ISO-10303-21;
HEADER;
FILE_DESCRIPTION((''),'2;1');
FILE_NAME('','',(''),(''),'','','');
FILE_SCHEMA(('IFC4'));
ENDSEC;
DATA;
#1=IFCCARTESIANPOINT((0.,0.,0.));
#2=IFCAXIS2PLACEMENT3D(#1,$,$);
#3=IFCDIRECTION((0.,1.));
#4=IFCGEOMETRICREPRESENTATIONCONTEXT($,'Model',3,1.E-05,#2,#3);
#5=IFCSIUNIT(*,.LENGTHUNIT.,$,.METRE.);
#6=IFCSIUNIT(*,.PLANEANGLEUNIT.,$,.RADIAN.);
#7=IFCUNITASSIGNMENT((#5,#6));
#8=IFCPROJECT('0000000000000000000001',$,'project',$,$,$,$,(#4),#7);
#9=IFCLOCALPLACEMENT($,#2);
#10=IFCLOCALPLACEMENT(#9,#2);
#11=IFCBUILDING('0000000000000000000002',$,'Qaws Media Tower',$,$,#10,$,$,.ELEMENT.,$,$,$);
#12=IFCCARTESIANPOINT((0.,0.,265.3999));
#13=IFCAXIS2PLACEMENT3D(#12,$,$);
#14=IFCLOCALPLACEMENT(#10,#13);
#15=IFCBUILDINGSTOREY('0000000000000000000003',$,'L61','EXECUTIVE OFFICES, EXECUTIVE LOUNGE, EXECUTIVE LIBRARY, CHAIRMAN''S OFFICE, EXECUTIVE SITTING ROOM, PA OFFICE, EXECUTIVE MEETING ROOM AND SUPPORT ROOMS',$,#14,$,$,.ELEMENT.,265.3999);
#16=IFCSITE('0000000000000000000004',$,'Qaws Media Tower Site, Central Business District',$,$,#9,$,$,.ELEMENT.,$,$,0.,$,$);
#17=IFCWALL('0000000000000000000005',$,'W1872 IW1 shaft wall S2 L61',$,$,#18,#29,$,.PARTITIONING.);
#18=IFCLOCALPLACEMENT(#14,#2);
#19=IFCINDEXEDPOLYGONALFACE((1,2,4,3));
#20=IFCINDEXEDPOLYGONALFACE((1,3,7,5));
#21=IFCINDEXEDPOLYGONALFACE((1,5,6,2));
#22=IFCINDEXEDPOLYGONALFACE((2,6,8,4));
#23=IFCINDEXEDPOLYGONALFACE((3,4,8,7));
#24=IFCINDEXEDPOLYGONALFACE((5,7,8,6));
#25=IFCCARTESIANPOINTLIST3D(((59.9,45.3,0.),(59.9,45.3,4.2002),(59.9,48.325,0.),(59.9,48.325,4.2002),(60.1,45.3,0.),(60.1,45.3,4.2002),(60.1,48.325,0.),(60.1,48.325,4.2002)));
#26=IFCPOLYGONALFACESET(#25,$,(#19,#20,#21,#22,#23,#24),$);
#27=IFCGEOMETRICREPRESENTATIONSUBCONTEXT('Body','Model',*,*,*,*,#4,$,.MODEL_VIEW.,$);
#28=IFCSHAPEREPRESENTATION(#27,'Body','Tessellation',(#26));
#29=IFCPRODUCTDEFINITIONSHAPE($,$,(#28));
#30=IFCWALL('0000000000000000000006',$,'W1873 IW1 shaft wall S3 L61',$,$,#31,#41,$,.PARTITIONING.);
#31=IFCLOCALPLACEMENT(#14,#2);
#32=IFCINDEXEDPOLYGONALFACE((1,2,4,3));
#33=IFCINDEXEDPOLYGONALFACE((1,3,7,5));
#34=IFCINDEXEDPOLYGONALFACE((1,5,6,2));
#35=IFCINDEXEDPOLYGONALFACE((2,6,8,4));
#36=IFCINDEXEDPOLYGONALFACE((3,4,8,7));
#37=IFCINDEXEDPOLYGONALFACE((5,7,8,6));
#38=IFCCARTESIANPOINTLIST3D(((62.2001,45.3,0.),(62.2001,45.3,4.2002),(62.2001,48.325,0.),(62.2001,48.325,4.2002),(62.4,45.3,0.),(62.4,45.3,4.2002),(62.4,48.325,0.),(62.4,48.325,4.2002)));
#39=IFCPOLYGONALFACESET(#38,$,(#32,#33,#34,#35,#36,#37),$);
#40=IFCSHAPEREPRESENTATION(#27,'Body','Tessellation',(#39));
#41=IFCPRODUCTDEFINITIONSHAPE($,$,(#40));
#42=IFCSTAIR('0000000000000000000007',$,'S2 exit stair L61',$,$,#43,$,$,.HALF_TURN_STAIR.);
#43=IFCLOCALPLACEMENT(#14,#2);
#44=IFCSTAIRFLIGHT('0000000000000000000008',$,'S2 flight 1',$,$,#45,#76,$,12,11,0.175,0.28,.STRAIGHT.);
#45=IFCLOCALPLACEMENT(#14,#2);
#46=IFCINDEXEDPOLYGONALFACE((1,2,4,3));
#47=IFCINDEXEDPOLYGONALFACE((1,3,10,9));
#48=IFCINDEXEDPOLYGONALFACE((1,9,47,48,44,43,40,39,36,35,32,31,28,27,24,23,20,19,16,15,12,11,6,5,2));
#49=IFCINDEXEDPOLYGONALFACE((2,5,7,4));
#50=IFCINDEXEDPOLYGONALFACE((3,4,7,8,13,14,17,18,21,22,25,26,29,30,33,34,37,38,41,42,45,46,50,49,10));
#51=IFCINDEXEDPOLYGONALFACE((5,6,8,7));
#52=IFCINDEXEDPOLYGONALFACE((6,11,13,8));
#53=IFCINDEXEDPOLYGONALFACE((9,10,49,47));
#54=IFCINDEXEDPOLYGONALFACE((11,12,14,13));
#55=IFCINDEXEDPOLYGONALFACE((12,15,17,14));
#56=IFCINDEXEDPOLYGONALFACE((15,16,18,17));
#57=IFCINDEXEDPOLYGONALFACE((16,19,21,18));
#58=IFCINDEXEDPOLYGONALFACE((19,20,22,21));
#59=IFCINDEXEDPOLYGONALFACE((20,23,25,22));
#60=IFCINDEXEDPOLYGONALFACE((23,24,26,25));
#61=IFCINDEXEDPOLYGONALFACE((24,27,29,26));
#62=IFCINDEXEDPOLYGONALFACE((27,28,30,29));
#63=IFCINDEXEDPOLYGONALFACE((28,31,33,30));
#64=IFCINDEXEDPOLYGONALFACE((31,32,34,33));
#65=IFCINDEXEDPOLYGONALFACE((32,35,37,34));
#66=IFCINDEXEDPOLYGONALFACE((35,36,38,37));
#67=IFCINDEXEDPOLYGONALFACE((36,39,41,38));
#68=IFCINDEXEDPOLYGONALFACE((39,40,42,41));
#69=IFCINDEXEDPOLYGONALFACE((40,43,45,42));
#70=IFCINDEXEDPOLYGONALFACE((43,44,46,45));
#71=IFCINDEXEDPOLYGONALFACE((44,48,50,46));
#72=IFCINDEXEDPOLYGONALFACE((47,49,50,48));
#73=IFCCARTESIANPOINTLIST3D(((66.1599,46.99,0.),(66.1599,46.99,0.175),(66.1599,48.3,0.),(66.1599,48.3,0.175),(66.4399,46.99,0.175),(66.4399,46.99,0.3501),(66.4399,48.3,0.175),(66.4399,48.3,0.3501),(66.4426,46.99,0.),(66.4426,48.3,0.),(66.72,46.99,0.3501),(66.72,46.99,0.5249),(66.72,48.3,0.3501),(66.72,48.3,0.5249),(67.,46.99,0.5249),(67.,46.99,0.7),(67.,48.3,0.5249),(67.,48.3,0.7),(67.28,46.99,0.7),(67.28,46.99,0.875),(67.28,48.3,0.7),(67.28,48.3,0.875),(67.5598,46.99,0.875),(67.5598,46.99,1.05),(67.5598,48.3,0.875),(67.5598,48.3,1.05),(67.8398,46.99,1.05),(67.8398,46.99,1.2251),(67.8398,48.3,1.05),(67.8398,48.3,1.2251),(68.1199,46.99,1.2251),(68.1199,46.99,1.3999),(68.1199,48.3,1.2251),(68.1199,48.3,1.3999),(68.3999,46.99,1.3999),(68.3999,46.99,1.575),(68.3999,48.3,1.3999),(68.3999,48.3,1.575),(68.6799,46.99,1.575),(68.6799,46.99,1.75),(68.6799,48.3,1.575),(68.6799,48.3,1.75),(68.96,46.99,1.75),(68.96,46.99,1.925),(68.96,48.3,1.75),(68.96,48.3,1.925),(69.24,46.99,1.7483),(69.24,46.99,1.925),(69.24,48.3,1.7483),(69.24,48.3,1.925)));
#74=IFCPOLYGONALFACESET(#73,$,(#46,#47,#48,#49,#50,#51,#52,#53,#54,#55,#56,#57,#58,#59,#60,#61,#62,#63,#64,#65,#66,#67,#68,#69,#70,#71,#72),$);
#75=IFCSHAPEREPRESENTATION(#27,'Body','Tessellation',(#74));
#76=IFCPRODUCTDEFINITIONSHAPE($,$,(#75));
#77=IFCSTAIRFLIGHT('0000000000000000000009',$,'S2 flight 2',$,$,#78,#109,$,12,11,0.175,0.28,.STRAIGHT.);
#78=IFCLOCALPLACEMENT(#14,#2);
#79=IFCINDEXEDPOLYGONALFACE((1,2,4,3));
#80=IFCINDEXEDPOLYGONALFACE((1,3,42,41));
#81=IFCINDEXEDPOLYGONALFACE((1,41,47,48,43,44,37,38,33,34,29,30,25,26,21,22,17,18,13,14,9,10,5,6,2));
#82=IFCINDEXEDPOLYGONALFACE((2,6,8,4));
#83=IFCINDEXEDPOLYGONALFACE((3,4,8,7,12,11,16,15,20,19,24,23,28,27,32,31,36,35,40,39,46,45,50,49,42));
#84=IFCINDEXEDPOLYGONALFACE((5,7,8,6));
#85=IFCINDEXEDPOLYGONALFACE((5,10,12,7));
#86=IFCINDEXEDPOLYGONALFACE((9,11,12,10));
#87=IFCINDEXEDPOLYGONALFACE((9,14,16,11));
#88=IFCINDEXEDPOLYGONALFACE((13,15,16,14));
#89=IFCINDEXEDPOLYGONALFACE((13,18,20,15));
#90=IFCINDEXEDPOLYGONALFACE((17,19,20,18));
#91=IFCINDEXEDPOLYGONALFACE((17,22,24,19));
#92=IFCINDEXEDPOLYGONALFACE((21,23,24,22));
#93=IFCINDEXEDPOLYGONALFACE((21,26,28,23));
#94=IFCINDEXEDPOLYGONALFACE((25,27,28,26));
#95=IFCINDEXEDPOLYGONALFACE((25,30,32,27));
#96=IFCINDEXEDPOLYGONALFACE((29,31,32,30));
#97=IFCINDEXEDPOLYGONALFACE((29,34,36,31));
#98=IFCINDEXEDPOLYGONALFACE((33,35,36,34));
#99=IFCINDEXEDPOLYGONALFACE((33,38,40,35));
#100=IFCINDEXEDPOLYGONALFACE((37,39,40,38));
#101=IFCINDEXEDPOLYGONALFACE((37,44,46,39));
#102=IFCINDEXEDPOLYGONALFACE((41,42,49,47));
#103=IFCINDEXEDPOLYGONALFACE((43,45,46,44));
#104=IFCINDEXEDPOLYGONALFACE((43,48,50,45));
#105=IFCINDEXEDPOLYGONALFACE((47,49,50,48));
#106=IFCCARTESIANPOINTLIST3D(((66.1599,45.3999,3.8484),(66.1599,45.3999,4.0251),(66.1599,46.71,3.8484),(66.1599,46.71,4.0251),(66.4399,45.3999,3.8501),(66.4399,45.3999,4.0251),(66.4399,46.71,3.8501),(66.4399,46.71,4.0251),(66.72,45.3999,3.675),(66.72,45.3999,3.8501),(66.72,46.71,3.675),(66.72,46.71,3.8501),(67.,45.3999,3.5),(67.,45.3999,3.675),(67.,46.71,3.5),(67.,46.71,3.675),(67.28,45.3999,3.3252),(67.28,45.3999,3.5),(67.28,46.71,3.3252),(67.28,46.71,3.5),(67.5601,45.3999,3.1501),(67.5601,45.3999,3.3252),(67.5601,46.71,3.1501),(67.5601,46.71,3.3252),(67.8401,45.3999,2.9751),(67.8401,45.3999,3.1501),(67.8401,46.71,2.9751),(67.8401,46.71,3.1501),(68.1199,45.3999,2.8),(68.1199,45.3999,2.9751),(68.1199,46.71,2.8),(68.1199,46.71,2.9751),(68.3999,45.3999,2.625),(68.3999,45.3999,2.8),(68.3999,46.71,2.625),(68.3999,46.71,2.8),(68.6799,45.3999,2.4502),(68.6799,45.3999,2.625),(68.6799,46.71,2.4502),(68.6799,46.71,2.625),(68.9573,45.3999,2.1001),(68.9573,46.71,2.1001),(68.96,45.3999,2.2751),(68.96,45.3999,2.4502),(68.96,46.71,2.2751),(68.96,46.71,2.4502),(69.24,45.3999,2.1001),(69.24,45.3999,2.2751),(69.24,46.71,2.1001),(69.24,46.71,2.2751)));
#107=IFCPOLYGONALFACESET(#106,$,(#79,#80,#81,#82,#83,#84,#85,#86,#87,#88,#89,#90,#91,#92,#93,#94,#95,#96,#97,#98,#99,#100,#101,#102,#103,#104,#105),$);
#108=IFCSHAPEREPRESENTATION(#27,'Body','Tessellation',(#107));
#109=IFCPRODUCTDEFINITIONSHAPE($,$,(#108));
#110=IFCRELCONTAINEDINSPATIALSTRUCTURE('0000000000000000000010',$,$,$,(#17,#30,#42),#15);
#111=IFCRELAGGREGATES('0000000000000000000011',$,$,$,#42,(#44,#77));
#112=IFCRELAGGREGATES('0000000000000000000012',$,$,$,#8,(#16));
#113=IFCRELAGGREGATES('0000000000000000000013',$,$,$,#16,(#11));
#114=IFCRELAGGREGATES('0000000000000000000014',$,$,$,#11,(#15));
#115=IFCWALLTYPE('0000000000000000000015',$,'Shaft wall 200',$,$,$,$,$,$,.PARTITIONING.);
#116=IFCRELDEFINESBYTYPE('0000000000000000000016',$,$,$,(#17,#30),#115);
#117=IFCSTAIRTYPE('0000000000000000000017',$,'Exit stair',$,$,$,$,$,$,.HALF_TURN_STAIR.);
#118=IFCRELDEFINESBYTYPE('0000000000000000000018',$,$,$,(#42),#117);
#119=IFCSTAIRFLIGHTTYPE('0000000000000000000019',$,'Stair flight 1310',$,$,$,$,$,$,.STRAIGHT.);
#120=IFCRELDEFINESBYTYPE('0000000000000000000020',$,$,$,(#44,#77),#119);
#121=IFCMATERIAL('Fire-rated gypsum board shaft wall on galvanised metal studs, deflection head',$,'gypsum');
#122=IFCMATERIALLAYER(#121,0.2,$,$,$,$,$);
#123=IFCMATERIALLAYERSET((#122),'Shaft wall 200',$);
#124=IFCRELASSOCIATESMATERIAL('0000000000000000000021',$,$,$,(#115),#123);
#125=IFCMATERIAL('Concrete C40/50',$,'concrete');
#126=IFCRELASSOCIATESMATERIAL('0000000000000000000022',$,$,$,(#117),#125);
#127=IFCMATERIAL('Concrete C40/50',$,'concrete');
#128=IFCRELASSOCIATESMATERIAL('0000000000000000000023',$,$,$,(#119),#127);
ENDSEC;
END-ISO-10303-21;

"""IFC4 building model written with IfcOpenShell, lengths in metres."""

from ifc_helpers import new_model, si_unit, direction, frame, frame_2d, origin, place, context, subcontext, project, spatial, polyline, rectangle, outline, extrude, material, layer, layer_set, type_object, element, aggregate, save


model = new_model("IFC4")

# Units and contexts
model_context = context("Model", 3, precision=1e-05, world=origin(), true_north=direction((0.0, 1.0)))
body_context = subcontext(model_context, "Body", "Model", "MODEL_VIEW")
ifc_project = project(units=[si_unit("LENGTHUNIT", "METRE"), si_unit("PLANEANGLEUNIT", "RADIAN")], contexts=[model_context])

# Site, building, storey
site_placement = place(None, origin())
site = spatial("IfcSite", under=ifc_project, at=site_placement, Name="Qaws Media Tower Site, Central Business District", CompositionType="ELEMENT", RefElevation=0.0)
building_placement = place(site_placement, origin())
building = spatial("IfcBuilding", under=site, at=building_placement, Name="Qaws Media Tower", CompositionType="ELEMENT")
storey_placement = place(building_placement, frame((0.0, 0.0, 265.3999)))
storey = spatial("IfcBuildingStorey", under=building, at=storey_placement, Name="L61", Description="EXECUTIVE OFFICES, EXECUTIVE LOUNGE, EXECUTIVE LIBRARY, CHAIRMAN'S OFFICE, EXECUTIVE SITTING ROOM, PA OFFICE, EXECUTIVE MEETING ROOM AND SUPPORT ROOMS", CompositionType="ELEMENT", Elevation=265.3999)

# Walls
ifc_material_1 = material(Name="Fire-rated gypsum board shaft wall on galvanised metal studs, deflection head", Category="gypsum")
ifc_layer_1 = layer(ifc_material_1, 0.2)
ifc_layer_set_1 = layer_set([ifc_layer_1], Name="Shaft wall 200")
wall_type_1 = type_object("IfcWallType", Name="Shaft wall 200", PredefinedType="PARTITIONING", material=ifc_layer_set_1)
for number, where, z_axis, x_axis, name in (
    (1, (60.0, 45.3, 0.0), (0.0, 0.0, 1.0), (0.0, 1.0, 0.0), "W1872 IW1 shaft wall S2 L61"),
    (2, (62.3, 45.3, 0.0), (0.0, 0.0, 1.0), (0.0, 1.0, 0.0), "W1873 IW1 shaft wall S3 L61"),
):
    element("IfcWall", number, at=place(storey_placement, frame(where, z_axis=z_axis, x_axis=x_axis)), inside=storey, type_object=wall_type_1, Name=name, PredefinedType="PARTITIONING", context=body_context, shape_type="SweptSolid", body=[
        extrude(rectangle(XDim=3.0249, YDim=0.2, at=frame_2d((1.5125, 0.0))), origin(), (0.0, 0.0, 1.0), 4.2002),
    ])

# Stair, stair flights
ifc_material_2 = material(Name="Concrete C40/50", Category="concrete")
stair_type = type_object("IfcStairType", Name="Exit stair", PredefinedType="HALF_TURN_STAIR", material=ifc_material_2)
stair_placement = place(storey_placement, origin())
stair = element("IfcStair", 3, at=stair_placement, inside=storey, type_object=stair_type, Name="S2 exit stair L61", PredefinedType="HALF_TURN_STAIR")
ifc_material_3 = material(Name="Concrete C40/50", Category="concrete")
stair_flight_type = type_object("IfcStairFlightType", Name="Stair flight 1310", PredefinedType="STRAIGHT", material=ifc_material_3)
stair_flight_1_placement = place(storey_placement, frame((66.1599, 47.645, 0.0), z_axis=(0.0, 0.0, 1.0), x_axis=(1.0, 0.0, 0.0)))
stair_flight_1 = element("IfcStairFlight", 4, at=stair_flight_1_placement, type_object=stair_flight_type, Name="S2 flight 1", NumberOfRisers=12, NumberOfTreads=11, PredefinedType="STRAIGHT", RiserHeight=0.175, TreadLength=0.28, context=body_context, shape_type="SweptSolid", body=[
    extrude(outline(polyline([(0.0, 0.0), (0.0, 0.175), (0.28, 0.175), (0.28, 0.3501), (0.5601, 0.3501), (0.5601, 0.5249), (0.8401, 0.5249), (0.8401, 0.7), (1.1201, 0.7), (1.1201, 0.875), (1.3999, 0.875), (1.3999, 1.05), (1.6799, 1.05), (1.6799, 1.2251), (1.96, 1.2251), (1.96, 1.3999), (2.24, 1.3999), (2.24, 1.575), (2.52, 1.575), (2.52, 1.75), (2.8, 1.75), (2.8, 1.925), (3.0801, 1.925), (3.0801, 2.1001), (3.0801, 1.7483), (0.2827, 0.0), (0.0, 0.0)])), frame((0.0, 0.655, 0.0), z_axis=(0.0, -1.0, 0.0), x_axis=(1.0, 0.0, 0.0)), (0.0, 0.0, 1.0), 1.3101),
])
stair_flight_2_placement = place(storey_placement, frame((69.24, 46.0549, 2.1001), z_axis=(0.0, 0.0, 1.0), x_axis=(-1.0, 0.0, 0.0)))
stair_flight_2 = element("IfcStairFlight", 5, at=stair_flight_2_placement, type_object=stair_flight_type, Name="S2 flight 2", NumberOfRisers=12, NumberOfTreads=11, PredefinedType="STRAIGHT", RiserHeight=0.175, TreadLength=0.28, context=body_context, shape_type="SweptSolid", body=[
    extrude(outline(polyline([(0.0, 0.0), (0.0, 0.175), (0.28, 0.175), (0.28, 0.3501), (0.5601, 0.3501), (0.5601, 0.5249), (0.8401, 0.5249), (0.8401, 0.7), (1.1201, 0.7), (1.1201, 0.875), (1.3999, 0.875), (1.3999, 1.05), (1.6799, 1.05), (1.6799, 1.2251), (1.96, 1.2251), (1.96, 1.3999), (2.24, 1.3999), (2.24, 1.575), (2.52, 1.575), (2.52, 1.75), (2.8, 1.75), (2.8, 1.925), (3.0801, 1.925), (3.0801, 2.1001), (3.0801, 1.7483), (0.2827, 0.0), (0.0, 0.0)])), frame((0.0, 0.655, 0.0), z_axis=(0.0, -1.0, 0.0), x_axis=(1.0, 0.0, 0.0)), (0.0, 0.0, 1.0), 1.3101),
])
aggregate(stair, [stair_flight_1, stair_flight_2])

save(model, "model.ifc")
